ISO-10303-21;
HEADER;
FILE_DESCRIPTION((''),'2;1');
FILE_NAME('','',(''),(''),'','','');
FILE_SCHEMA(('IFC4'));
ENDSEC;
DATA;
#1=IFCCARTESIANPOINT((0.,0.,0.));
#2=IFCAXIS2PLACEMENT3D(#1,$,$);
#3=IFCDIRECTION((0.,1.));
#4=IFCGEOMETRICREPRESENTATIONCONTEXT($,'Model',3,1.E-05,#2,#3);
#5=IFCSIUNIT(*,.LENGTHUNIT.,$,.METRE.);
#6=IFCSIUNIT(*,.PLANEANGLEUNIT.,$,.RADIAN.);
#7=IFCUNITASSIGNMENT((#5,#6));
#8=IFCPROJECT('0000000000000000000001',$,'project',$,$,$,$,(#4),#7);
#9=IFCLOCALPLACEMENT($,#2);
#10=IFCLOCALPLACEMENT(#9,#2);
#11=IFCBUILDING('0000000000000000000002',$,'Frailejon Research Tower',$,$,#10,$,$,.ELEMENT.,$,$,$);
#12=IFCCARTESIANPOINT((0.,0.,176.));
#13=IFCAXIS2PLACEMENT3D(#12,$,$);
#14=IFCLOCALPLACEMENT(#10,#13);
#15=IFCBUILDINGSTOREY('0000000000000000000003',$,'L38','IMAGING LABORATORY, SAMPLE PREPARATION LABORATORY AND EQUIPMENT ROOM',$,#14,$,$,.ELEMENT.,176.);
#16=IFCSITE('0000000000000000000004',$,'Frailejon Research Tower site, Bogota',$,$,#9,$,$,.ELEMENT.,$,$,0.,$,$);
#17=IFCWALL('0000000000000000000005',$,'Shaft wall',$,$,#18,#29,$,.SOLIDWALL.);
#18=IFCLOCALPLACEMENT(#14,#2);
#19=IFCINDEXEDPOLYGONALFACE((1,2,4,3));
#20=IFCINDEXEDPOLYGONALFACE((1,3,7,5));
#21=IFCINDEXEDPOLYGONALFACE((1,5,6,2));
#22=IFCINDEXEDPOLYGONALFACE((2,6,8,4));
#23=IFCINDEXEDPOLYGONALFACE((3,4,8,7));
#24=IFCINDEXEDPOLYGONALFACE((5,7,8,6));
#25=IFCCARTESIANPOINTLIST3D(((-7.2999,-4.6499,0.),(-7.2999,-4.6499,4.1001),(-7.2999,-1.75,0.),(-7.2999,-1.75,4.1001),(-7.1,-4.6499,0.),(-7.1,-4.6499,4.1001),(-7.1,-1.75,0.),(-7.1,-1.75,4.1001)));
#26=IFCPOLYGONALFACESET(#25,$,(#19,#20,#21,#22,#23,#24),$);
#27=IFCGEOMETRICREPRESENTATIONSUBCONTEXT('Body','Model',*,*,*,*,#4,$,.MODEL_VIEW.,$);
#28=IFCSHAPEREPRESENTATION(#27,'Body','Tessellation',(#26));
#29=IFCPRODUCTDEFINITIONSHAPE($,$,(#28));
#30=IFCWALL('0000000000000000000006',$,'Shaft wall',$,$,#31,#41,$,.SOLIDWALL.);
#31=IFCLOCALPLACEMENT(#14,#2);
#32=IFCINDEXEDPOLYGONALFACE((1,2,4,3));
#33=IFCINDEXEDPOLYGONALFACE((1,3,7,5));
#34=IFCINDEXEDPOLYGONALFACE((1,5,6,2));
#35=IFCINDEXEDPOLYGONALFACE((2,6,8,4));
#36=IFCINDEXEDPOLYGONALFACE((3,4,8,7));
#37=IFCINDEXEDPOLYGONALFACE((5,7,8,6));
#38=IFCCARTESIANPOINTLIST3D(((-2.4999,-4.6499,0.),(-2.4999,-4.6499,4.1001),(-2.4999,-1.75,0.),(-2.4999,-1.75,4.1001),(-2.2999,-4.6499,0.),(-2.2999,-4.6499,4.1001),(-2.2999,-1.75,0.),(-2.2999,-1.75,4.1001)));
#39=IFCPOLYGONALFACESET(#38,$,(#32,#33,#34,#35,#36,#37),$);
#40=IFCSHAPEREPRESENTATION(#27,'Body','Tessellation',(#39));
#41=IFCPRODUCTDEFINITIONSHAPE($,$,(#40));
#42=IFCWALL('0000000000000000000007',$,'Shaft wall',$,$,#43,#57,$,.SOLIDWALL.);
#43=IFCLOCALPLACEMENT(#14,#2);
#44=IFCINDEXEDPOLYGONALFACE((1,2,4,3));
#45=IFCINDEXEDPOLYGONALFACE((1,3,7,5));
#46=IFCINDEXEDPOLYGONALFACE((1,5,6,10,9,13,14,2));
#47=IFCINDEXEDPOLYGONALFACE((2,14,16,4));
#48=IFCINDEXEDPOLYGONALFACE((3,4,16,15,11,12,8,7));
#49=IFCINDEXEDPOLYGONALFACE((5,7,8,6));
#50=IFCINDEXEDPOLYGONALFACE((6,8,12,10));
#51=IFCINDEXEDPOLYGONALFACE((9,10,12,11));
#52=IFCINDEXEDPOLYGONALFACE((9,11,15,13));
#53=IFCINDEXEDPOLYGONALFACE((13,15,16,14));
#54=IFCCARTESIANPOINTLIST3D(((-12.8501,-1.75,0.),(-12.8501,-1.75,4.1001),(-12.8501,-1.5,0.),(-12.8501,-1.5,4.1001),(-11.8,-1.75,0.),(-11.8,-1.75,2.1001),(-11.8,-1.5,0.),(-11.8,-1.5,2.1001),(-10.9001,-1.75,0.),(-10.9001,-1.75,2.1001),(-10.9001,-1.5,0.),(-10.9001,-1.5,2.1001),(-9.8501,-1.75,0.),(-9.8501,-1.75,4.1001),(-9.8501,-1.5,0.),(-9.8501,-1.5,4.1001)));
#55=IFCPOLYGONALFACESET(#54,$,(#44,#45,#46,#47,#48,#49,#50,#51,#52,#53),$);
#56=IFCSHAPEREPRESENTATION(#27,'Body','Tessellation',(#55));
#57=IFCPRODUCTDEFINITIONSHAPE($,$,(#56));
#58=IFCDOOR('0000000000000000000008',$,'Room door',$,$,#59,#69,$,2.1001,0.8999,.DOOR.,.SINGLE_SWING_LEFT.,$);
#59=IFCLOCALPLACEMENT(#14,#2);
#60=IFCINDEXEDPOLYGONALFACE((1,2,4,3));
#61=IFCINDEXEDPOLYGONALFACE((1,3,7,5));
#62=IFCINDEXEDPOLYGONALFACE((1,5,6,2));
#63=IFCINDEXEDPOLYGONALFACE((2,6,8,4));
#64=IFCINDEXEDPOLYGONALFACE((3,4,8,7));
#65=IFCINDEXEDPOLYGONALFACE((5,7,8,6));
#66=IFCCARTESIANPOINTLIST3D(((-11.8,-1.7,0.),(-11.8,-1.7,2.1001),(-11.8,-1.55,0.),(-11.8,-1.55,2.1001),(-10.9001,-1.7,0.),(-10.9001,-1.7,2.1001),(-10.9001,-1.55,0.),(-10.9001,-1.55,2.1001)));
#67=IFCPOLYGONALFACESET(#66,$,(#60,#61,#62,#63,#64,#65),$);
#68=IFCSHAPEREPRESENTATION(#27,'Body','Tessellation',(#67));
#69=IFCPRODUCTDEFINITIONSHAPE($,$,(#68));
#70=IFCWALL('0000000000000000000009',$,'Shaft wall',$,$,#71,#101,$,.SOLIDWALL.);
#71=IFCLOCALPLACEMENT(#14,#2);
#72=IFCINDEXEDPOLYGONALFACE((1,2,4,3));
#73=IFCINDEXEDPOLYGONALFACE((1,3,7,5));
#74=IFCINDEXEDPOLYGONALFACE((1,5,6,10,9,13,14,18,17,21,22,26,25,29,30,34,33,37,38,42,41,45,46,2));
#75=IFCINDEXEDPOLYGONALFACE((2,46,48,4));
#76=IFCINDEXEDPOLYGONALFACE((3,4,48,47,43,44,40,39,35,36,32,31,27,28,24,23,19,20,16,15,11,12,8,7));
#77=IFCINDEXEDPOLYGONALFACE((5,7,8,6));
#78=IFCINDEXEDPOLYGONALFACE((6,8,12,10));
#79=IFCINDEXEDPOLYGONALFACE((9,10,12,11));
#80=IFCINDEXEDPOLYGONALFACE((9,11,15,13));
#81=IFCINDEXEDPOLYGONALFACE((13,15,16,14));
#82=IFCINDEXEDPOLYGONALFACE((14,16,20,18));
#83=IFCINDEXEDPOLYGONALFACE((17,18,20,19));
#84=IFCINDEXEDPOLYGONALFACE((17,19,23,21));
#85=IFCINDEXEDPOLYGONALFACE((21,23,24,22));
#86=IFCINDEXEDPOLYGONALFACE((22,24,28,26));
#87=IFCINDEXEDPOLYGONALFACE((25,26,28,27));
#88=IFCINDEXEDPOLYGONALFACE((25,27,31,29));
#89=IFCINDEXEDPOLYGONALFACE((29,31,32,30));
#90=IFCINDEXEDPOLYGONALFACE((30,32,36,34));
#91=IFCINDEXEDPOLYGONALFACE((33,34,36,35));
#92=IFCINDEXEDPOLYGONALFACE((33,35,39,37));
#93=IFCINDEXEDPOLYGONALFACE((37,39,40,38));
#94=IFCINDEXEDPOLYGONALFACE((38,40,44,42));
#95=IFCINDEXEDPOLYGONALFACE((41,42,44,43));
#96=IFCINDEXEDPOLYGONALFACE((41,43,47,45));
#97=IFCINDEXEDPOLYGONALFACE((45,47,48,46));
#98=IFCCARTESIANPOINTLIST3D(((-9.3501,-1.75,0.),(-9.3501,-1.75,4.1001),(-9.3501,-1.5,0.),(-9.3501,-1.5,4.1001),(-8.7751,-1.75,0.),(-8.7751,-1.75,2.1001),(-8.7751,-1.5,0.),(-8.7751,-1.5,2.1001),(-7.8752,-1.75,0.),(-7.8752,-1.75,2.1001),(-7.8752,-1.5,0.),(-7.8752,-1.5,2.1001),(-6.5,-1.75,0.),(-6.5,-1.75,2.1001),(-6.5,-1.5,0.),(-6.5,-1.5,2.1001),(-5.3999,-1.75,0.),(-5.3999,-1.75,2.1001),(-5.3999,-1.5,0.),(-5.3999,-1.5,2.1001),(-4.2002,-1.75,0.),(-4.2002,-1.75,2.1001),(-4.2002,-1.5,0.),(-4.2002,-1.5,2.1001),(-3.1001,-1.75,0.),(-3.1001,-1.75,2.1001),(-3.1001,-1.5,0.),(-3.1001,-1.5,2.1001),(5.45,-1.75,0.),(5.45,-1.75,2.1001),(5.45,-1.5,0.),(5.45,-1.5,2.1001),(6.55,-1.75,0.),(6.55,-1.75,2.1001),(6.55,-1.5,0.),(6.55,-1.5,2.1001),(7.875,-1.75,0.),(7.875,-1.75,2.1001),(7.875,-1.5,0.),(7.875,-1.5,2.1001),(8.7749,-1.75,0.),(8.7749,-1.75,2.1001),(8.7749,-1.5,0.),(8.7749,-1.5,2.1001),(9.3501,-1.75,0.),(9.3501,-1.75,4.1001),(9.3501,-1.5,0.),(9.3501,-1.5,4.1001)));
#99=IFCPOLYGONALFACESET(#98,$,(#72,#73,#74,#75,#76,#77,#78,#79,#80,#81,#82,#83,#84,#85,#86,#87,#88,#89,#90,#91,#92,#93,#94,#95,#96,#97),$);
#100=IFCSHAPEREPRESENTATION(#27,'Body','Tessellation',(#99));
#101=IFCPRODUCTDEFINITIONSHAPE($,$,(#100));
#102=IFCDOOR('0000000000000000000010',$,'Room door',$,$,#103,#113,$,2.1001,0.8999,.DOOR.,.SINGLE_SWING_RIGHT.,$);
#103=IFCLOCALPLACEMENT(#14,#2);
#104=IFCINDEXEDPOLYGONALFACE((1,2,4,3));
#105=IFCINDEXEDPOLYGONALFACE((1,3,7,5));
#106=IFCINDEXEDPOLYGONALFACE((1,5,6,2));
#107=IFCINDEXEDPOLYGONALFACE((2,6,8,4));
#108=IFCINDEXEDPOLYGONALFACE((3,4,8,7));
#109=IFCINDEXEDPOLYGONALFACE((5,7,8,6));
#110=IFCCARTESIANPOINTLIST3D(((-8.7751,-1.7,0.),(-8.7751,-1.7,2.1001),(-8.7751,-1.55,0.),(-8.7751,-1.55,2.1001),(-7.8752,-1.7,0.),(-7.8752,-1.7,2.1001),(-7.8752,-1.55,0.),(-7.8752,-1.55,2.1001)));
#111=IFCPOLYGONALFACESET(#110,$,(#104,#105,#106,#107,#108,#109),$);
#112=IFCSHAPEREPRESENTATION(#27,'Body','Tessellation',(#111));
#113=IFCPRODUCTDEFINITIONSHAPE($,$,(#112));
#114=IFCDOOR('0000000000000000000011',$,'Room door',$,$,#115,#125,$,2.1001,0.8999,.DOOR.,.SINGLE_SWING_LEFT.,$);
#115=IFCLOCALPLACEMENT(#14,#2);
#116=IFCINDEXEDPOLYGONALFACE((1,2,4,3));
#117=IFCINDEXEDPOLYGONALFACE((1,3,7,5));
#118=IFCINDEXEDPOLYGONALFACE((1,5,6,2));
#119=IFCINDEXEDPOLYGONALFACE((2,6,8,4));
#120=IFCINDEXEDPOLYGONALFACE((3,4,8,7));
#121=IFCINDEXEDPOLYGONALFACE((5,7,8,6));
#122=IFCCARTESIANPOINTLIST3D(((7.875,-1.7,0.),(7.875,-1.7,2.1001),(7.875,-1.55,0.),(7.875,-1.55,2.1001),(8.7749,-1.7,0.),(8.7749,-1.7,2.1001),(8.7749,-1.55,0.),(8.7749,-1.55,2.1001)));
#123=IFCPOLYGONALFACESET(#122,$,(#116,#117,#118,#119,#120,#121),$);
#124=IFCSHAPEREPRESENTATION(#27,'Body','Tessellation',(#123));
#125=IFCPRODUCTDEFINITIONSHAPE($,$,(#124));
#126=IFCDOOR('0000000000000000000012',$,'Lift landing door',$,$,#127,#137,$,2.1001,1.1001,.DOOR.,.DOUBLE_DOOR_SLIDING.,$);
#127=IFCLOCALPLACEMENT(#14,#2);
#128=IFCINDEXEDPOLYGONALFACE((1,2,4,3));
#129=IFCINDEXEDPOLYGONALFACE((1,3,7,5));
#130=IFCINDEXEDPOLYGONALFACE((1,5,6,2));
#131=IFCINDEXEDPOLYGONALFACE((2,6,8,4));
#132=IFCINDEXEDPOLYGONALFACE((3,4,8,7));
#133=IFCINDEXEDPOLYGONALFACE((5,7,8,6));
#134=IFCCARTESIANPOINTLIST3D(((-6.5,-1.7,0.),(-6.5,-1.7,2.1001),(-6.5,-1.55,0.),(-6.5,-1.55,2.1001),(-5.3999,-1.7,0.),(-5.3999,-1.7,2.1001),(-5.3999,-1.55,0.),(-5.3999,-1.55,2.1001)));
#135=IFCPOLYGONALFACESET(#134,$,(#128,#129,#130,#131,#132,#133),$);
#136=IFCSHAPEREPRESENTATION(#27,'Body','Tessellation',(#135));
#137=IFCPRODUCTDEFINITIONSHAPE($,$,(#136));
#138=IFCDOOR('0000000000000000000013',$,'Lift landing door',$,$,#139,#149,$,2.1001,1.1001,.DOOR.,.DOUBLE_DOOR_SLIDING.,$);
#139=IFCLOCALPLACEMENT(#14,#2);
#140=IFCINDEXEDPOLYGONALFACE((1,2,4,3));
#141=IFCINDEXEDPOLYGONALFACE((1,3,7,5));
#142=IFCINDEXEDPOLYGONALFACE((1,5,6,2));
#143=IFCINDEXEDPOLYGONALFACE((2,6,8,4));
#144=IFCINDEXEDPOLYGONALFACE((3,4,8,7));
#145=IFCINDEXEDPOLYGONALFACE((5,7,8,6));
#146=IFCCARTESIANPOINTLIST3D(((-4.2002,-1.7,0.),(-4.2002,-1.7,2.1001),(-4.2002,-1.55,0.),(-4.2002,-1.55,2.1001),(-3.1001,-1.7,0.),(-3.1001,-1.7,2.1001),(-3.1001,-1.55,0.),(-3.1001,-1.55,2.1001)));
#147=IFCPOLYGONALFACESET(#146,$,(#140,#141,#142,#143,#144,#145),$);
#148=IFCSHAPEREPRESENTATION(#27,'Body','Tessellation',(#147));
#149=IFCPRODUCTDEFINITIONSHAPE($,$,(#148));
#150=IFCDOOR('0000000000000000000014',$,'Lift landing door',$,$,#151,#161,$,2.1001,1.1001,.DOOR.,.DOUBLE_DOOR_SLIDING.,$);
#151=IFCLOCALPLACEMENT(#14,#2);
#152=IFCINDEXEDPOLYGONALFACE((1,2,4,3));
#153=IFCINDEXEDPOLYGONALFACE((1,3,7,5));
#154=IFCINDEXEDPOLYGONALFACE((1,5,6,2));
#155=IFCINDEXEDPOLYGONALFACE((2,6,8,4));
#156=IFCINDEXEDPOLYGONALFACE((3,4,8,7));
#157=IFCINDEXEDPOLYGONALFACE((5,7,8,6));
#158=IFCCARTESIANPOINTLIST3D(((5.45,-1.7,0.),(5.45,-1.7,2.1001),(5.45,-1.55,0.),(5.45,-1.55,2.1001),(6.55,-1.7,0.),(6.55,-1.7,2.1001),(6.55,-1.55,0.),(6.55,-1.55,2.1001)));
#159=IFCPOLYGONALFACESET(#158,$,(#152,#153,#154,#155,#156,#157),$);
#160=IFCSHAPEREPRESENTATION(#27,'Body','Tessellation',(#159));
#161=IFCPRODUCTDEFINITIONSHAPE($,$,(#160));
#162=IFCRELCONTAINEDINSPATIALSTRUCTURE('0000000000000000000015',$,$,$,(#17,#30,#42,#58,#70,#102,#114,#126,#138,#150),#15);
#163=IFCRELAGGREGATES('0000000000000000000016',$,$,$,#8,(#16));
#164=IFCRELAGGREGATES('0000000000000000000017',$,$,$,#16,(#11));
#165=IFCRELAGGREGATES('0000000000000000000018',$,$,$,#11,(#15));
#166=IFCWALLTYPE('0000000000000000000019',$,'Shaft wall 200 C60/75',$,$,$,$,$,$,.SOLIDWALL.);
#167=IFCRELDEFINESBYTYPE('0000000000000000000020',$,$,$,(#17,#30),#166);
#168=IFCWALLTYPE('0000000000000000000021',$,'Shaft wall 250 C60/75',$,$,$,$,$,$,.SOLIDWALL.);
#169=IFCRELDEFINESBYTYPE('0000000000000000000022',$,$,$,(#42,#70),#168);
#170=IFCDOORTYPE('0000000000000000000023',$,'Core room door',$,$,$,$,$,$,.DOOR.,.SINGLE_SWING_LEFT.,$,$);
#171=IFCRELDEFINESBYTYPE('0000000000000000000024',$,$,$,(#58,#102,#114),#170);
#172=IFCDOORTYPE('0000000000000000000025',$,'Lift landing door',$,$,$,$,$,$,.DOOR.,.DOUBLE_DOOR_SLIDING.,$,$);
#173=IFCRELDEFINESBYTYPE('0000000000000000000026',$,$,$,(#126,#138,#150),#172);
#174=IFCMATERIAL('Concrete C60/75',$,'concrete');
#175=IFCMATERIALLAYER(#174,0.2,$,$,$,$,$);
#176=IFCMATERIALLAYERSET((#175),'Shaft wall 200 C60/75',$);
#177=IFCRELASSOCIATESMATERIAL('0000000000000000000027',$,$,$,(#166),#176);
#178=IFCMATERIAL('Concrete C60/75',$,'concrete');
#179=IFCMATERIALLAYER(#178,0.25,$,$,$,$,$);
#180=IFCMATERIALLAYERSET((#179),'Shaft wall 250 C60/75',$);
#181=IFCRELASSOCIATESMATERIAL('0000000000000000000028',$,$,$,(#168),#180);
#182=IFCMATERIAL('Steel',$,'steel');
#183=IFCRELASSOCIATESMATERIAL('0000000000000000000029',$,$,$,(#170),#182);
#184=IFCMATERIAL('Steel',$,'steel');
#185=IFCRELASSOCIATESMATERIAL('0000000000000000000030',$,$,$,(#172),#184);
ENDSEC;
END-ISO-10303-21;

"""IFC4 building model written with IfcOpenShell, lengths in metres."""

from ifc_helpers import new_model, si_unit, direction, frame, frame_2d, origin, place, context, subcontext, project, spatial, rectangle, extrude, material, layer, layer_set, type_object, element, fill, save


model = new_model("IFC4")

# Units and contexts
model_context = context("Model", 3, precision=1e-05, world=origin(), true_north=direction((0.0, 1.0)))
body_context = subcontext(model_context, "Body", "Model", "MODEL_VIEW")
ifc_project = project(units=[si_unit("LENGTHUNIT", "METRE"), si_unit("PLANEANGLEUNIT", "RADIAN")], contexts=[model_context])

# Site, building, storey
site_placement = place(None, origin())
site = spatial("IfcSite", under=ifc_project, at=site_placement, Name="Frailejon Research Tower site, Bogota", CompositionType="ELEMENT", RefElevation=0.0)
building_placement = place(site_placement, origin())
building = spatial("IfcBuilding", under=site, at=building_placement, Name="Frailejon Research Tower", CompositionType="ELEMENT")
storey_placement = place(building_placement, frame((0.0, 0.0, 176.0)))
storey = spatial("IfcBuildingStorey", under=building, at=storey_placement, Name="L38", Description="IMAGING LABORATORY, SAMPLE PREPARATION LABORATORY AND EQUIPMENT ROOM", CompositionType="ELEMENT", Elevation=176.0)

# Walls
ifc_material_1 = material(Name="Concrete C60/75", Category="concrete")
ifc_layer_1 = layer(ifc_material_1, 0.2)
ifc_layer_set_1 = layer_set([ifc_layer_1], Name="Shaft wall 200 C60/75")
wall_type_1 = type_object("IfcWallType", Name="Shaft wall 200 C60/75", PredefinedType="SOLIDWALL", material=ifc_layer_set_1)
for number, where, z_axis, x_axis, name in (
    (1, (-7.2, -4.6499, 0.0), (0.0, 0.0, 1.0), (0.0, 1.0, 0.0), "Shaft wall"),
    (2, (-2.3999, -4.6499, 0.0), (0.0, 0.0, 1.0), (0.0, 1.0, 0.0), "Shaft wall"),
):
    element("IfcWall", number, at=place(storey_placement, frame(where, z_axis=z_axis, x_axis=x_axis)), inside=storey, type_object=wall_type_1, Name=name, PredefinedType="SOLIDWALL", context=body_context, shape_type="SweptSolid", body=[
        extrude(rectangle(XDim=2.8999, YDim=0.2, at=frame_2d((1.45, 0.0))), origin(), (0.0, 0.0, 1.0), 4.1001),
    ])

# Wall, opening, door
ifc_material_2 = material(Name="Concrete C60/75", Category="concrete")
ifc_layer_2 = layer(ifc_material_2, 0.25)
ifc_layer_set_2 = layer_set([ifc_layer_2], Name="Shaft wall 250 C60/75")
wall_type_2 = type_object("IfcWallType", Name="Shaft wall 250 C60/75", PredefinedType="SOLIDWALL", material=ifc_layer_set_2)
wall_1_placement = place(storey_placement, frame((-12.8501, -1.625, 0.0), z_axis=(0.0, 0.0, 1.0), x_axis=(1.0, 0.0, 0.0)))
wall_1 = element("IfcWall", 3, at=wall_1_placement, inside=storey, type_object=wall_type_2, Name="Shaft wall", PredefinedType="SOLIDWALL", context=body_context, shape_type="SweptSolid", body=[
    extrude(rectangle(XDim=3.0, YDim=0.25, at=frame_2d((1.5, 0.0))), origin(), (0.0, 0.0, 1.0), 4.1001),
])
opening_1_placement = place(wall_1_placement, frame((1.05, 0.0, 0.0)))
opening_1 = element("IfcOpeningElement", 4, at=opening_1_placement, cuts=wall_1, PredefinedType="OPENING", context=body_context, shape_type="SweptSolid", body=[
    extrude(rectangle(XDim=0.8999, YDim=2.1001, at=frame_2d((0.45, 1.05))), frame((0.0, 0.135, 0.0), z_axis=(0.0, -1.0, 0.0), x_axis=(1.0, 0.0, 0.0)), (0.0, 0.0, 1.0), 0.27),
])
ifc_material_3 = material(Name="Steel", Category="steel")
door_type_1 = type_object("IfcDoorType", Name="Core room door", OperationType="SINGLE_SWING_LEFT", PredefinedType="DOOR", material=ifc_material_3)
door_1_placement = place(opening_1_placement, origin())
door_1 = element("IfcDoor", 5, at=door_1_placement, inside=storey, type_object=door_type_1, Name="Room door", OperationType="SINGLE_SWING_LEFT", OverallHeight=2.1001, OverallWidth=0.8999, PredefinedType="DOOR", context=body_context, shape_type="SweptSolid", body=[
    extrude(rectangle(XDim=0.8999, YDim=2.1001, at=frame_2d((0.45, 1.05))), frame((0.0, 0.075, 0.0), z_axis=(0.0, -1.0, 0.0), x_axis=(1.0, 0.0, 0.0)), (0.0, 0.0, 1.0), 0.1499),
])
fill(opening_1, door_1)

# Wall, openings, doors
wall_2_placement = place(storey_placement, frame((-9.3501, -1.625, 0.0), z_axis=(0.0, 0.0, 1.0), x_axis=(1.0, 0.0, 0.0)))
wall_2 = element("IfcWall", 6, at=wall_2_placement, inside=storey, type_object=wall_type_2, Name="Shaft wall", PredefinedType="SOLIDWALL", context=body_context, shape_type="SweptSolid", body=[
    extrude(rectangle(XDim=18.7002, YDim=0.25, at=frame_2d((9.3501, 0.0))), origin(), (0.0, 0.0, 1.0), 4.1001),
])
opening_2_placement = place(wall_2_placement, frame((2.8501, 0.0, 0.0)))
opening_2 = element("IfcOpeningElement", 7, at=opening_2_placement, cuts=wall_2, PredefinedType="OPENING", context=body_context, shape_type="SweptSolid", body=[
    extrude(rectangle(XDim=1.1001, YDim=2.1001, at=frame_2d((0.55, 1.05))), frame((0.0, 0.135, 0.0), z_axis=(0.0, -1.0, 0.0), x_axis=(1.0, 0.0, 0.0)), (0.0, 0.0, 1.0), 0.27),
])
opening_3_placement = place(wall_2_placement, frame((5.1499, 0.0, 0.0)))
opening_3 = element("IfcOpeningElement", 8, at=opening_3_placement, cuts=wall_2, PredefinedType="OPENING", context=body_context, shape_type="SweptSolid", body=[
    extrude(rectangle(XDim=1.1001, YDim=2.1001, at=frame_2d((0.55, 1.05))), frame((0.0, 0.135, 0.0), z_axis=(0.0, -1.0, 0.0), x_axis=(1.0, 0.0, 0.0)), (0.0, 0.0, 1.0), 0.27),
])
opening_4_placement = place(wall_2_placement, frame((14.8, 0.0, 0.0)))
opening_4 = element("IfcOpeningElement", 9, at=opening_4_placement, cuts=wall_2, PredefinedType="OPENING", context=body_context, shape_type="SweptSolid", body=[
    extrude(rectangle(XDim=1.1001, YDim=2.1001, at=frame_2d((0.55, 1.05))), frame((0.0, 0.135, 0.0), z_axis=(0.0, -1.0, 0.0), x_axis=(1.0, 0.0, 0.0)), (0.0, 0.0, 1.0), 0.27),
])
opening_5_placement = place(wall_2_placement, frame((0.575, 0.0, 0.0)))
opening_5 = element("IfcOpeningElement", 10, at=opening_5_placement, cuts=wall_2, PredefinedType="OPENING", context=body_context, shape_type="SweptSolid", body=[
    extrude(rectangle(XDim=0.8999, YDim=2.1001, at=frame_2d((0.45, 1.05))), frame((0.0, 0.135, 0.0), z_axis=(0.0, -1.0, 0.0), x_axis=(1.0, 0.0, 0.0)), (0.0, 0.0, 1.0), 0.27),
])
opening_6_placement = place(wall_2_placement, frame((17.2251, 0.0, 0.0)))
opening_6 = element("IfcOpeningElement", 11, at=opening_6_placement, cuts=wall_2, PredefinedType="OPENING", context=body_context, shape_type="SweptSolid", body=[
    extrude(rectangle(XDim=0.8999, YDim=2.1001, at=frame_2d((0.45, 1.05))), frame((0.0, 0.135, 0.0), z_axis=(0.0, -1.0, 0.0), x_axis=(1.0, 0.0, 0.0)), (0.0, 0.0, 1.0), 0.27),
])
door_2_placement = place(opening_5_placement, origin())
door_2 = element("IfcDoor", 12, at=door_2_placement, inside=storey, type_object=door_type_1, Name="Room door", OperationType="SINGLE_SWING_RIGHT", OverallHeight=2.1001, OverallWidth=0.8999, PredefinedType="DOOR", context=body_context, shape_type="SweptSolid", body=[
    extrude(rectangle(XDim=0.8999, YDim=2.1001, at=frame_2d((0.45, 1.05))), frame((0.0, 0.075, 0.0), z_axis=(0.0, -1.0, 0.0), x_axis=(1.0, 0.0, 0.0)), (0.0, 0.0, 1.0), 0.1499),
])
fill(opening_5, door_2)
door_3_placement = place(opening_6_placement, origin())
door_3 = element("IfcDoor", 13, at=door_3_placement, inside=storey, type_object=door_type_1, Name="Room door", OperationType="SINGLE_SWING_LEFT", OverallHeight=2.1001, OverallWidth=0.8999, PredefinedType="DOOR", context=body_context, shape_type="SweptSolid", body=[
    extrude(rectangle(XDim=0.8999, YDim=2.1001, at=frame_2d((0.45, 1.05))), frame((0.0, 0.075, 0.0), z_axis=(0.0, -1.0, 0.0), x_axis=(1.0, 0.0, 0.0)), (0.0, 0.0, 1.0), 0.1499),
])
fill(opening_6, door_3)
ifc_material_4 = material(Name="Steel", Category="steel")
door_type_2 = type_object("IfcDoorType", Name="Lift landing door", OperationType="DOUBLE_DOOR_SLIDING", PredefinedType="DOOR", material=ifc_material_4)
door_4_placement = place(opening_2_placement, origin())
door_4 = element("IfcDoor", 14, at=door_4_placement, inside=storey, type_object=door_type_2, Name="Lift landing door", OperationType="DOUBLE_DOOR_SLIDING", OverallHeight=2.1001, OverallWidth=1.1001, PredefinedType="DOOR", context=body_context, shape_type="SweptSolid", body=[
    extrude(rectangle(XDim=1.1001, YDim=2.1001, at=frame_2d((0.55, 1.05))), frame((0.0, 0.075, 0.0), z_axis=(0.0, -1.0, 0.0), x_axis=(1.0, 0.0, 0.0)), (0.0, 0.0, 1.0), 0.1499),
])
fill(opening_2, door_4)
door_5_placement = place(opening_3_placement, origin())
door_5 = element("IfcDoor", 15, at=door_5_placement, inside=storey, type_object=door_type_2, Name="Lift landing door", OperationType="DOUBLE_DOOR_SLIDING", OverallHeight=2.1001, OverallWidth=1.1001, PredefinedType="DOOR", context=body_context, shape_type="SweptSolid", body=[
    extrude(rectangle(XDim=1.1001, YDim=2.1001, at=frame_2d((0.55, 1.05))), frame((0.0, 0.075, 0.0), z_axis=(0.0, -1.0, 0.0), x_axis=(1.0, 0.0, 0.0)), (0.0, 0.0, 1.0), 0.1499),
])
fill(opening_3, door_5)
door_6_placement = place(opening_4_placement, origin())
door_6 = element("IfcDoor", 16, at=door_6_placement, inside=storey, type_object=door_type_2, Name="Lift landing door", OperationType="DOUBLE_DOOR_SLIDING", OverallHeight=2.1001, OverallWidth=1.1001, PredefinedType="DOOR", context=body_context, shape_type="SweptSolid", body=[
    extrude(rectangle(XDim=1.1001, YDim=2.1001, at=frame_2d((0.55, 1.05))), frame((0.0, 0.075, 0.0), z_axis=(0.0, -1.0, 0.0), x_axis=(1.0, 0.0, 0.0)), (0.0, 0.0, 1.0), 0.1499),
])
fill(opening_4, door_6)

save(model, "model.ifc")
